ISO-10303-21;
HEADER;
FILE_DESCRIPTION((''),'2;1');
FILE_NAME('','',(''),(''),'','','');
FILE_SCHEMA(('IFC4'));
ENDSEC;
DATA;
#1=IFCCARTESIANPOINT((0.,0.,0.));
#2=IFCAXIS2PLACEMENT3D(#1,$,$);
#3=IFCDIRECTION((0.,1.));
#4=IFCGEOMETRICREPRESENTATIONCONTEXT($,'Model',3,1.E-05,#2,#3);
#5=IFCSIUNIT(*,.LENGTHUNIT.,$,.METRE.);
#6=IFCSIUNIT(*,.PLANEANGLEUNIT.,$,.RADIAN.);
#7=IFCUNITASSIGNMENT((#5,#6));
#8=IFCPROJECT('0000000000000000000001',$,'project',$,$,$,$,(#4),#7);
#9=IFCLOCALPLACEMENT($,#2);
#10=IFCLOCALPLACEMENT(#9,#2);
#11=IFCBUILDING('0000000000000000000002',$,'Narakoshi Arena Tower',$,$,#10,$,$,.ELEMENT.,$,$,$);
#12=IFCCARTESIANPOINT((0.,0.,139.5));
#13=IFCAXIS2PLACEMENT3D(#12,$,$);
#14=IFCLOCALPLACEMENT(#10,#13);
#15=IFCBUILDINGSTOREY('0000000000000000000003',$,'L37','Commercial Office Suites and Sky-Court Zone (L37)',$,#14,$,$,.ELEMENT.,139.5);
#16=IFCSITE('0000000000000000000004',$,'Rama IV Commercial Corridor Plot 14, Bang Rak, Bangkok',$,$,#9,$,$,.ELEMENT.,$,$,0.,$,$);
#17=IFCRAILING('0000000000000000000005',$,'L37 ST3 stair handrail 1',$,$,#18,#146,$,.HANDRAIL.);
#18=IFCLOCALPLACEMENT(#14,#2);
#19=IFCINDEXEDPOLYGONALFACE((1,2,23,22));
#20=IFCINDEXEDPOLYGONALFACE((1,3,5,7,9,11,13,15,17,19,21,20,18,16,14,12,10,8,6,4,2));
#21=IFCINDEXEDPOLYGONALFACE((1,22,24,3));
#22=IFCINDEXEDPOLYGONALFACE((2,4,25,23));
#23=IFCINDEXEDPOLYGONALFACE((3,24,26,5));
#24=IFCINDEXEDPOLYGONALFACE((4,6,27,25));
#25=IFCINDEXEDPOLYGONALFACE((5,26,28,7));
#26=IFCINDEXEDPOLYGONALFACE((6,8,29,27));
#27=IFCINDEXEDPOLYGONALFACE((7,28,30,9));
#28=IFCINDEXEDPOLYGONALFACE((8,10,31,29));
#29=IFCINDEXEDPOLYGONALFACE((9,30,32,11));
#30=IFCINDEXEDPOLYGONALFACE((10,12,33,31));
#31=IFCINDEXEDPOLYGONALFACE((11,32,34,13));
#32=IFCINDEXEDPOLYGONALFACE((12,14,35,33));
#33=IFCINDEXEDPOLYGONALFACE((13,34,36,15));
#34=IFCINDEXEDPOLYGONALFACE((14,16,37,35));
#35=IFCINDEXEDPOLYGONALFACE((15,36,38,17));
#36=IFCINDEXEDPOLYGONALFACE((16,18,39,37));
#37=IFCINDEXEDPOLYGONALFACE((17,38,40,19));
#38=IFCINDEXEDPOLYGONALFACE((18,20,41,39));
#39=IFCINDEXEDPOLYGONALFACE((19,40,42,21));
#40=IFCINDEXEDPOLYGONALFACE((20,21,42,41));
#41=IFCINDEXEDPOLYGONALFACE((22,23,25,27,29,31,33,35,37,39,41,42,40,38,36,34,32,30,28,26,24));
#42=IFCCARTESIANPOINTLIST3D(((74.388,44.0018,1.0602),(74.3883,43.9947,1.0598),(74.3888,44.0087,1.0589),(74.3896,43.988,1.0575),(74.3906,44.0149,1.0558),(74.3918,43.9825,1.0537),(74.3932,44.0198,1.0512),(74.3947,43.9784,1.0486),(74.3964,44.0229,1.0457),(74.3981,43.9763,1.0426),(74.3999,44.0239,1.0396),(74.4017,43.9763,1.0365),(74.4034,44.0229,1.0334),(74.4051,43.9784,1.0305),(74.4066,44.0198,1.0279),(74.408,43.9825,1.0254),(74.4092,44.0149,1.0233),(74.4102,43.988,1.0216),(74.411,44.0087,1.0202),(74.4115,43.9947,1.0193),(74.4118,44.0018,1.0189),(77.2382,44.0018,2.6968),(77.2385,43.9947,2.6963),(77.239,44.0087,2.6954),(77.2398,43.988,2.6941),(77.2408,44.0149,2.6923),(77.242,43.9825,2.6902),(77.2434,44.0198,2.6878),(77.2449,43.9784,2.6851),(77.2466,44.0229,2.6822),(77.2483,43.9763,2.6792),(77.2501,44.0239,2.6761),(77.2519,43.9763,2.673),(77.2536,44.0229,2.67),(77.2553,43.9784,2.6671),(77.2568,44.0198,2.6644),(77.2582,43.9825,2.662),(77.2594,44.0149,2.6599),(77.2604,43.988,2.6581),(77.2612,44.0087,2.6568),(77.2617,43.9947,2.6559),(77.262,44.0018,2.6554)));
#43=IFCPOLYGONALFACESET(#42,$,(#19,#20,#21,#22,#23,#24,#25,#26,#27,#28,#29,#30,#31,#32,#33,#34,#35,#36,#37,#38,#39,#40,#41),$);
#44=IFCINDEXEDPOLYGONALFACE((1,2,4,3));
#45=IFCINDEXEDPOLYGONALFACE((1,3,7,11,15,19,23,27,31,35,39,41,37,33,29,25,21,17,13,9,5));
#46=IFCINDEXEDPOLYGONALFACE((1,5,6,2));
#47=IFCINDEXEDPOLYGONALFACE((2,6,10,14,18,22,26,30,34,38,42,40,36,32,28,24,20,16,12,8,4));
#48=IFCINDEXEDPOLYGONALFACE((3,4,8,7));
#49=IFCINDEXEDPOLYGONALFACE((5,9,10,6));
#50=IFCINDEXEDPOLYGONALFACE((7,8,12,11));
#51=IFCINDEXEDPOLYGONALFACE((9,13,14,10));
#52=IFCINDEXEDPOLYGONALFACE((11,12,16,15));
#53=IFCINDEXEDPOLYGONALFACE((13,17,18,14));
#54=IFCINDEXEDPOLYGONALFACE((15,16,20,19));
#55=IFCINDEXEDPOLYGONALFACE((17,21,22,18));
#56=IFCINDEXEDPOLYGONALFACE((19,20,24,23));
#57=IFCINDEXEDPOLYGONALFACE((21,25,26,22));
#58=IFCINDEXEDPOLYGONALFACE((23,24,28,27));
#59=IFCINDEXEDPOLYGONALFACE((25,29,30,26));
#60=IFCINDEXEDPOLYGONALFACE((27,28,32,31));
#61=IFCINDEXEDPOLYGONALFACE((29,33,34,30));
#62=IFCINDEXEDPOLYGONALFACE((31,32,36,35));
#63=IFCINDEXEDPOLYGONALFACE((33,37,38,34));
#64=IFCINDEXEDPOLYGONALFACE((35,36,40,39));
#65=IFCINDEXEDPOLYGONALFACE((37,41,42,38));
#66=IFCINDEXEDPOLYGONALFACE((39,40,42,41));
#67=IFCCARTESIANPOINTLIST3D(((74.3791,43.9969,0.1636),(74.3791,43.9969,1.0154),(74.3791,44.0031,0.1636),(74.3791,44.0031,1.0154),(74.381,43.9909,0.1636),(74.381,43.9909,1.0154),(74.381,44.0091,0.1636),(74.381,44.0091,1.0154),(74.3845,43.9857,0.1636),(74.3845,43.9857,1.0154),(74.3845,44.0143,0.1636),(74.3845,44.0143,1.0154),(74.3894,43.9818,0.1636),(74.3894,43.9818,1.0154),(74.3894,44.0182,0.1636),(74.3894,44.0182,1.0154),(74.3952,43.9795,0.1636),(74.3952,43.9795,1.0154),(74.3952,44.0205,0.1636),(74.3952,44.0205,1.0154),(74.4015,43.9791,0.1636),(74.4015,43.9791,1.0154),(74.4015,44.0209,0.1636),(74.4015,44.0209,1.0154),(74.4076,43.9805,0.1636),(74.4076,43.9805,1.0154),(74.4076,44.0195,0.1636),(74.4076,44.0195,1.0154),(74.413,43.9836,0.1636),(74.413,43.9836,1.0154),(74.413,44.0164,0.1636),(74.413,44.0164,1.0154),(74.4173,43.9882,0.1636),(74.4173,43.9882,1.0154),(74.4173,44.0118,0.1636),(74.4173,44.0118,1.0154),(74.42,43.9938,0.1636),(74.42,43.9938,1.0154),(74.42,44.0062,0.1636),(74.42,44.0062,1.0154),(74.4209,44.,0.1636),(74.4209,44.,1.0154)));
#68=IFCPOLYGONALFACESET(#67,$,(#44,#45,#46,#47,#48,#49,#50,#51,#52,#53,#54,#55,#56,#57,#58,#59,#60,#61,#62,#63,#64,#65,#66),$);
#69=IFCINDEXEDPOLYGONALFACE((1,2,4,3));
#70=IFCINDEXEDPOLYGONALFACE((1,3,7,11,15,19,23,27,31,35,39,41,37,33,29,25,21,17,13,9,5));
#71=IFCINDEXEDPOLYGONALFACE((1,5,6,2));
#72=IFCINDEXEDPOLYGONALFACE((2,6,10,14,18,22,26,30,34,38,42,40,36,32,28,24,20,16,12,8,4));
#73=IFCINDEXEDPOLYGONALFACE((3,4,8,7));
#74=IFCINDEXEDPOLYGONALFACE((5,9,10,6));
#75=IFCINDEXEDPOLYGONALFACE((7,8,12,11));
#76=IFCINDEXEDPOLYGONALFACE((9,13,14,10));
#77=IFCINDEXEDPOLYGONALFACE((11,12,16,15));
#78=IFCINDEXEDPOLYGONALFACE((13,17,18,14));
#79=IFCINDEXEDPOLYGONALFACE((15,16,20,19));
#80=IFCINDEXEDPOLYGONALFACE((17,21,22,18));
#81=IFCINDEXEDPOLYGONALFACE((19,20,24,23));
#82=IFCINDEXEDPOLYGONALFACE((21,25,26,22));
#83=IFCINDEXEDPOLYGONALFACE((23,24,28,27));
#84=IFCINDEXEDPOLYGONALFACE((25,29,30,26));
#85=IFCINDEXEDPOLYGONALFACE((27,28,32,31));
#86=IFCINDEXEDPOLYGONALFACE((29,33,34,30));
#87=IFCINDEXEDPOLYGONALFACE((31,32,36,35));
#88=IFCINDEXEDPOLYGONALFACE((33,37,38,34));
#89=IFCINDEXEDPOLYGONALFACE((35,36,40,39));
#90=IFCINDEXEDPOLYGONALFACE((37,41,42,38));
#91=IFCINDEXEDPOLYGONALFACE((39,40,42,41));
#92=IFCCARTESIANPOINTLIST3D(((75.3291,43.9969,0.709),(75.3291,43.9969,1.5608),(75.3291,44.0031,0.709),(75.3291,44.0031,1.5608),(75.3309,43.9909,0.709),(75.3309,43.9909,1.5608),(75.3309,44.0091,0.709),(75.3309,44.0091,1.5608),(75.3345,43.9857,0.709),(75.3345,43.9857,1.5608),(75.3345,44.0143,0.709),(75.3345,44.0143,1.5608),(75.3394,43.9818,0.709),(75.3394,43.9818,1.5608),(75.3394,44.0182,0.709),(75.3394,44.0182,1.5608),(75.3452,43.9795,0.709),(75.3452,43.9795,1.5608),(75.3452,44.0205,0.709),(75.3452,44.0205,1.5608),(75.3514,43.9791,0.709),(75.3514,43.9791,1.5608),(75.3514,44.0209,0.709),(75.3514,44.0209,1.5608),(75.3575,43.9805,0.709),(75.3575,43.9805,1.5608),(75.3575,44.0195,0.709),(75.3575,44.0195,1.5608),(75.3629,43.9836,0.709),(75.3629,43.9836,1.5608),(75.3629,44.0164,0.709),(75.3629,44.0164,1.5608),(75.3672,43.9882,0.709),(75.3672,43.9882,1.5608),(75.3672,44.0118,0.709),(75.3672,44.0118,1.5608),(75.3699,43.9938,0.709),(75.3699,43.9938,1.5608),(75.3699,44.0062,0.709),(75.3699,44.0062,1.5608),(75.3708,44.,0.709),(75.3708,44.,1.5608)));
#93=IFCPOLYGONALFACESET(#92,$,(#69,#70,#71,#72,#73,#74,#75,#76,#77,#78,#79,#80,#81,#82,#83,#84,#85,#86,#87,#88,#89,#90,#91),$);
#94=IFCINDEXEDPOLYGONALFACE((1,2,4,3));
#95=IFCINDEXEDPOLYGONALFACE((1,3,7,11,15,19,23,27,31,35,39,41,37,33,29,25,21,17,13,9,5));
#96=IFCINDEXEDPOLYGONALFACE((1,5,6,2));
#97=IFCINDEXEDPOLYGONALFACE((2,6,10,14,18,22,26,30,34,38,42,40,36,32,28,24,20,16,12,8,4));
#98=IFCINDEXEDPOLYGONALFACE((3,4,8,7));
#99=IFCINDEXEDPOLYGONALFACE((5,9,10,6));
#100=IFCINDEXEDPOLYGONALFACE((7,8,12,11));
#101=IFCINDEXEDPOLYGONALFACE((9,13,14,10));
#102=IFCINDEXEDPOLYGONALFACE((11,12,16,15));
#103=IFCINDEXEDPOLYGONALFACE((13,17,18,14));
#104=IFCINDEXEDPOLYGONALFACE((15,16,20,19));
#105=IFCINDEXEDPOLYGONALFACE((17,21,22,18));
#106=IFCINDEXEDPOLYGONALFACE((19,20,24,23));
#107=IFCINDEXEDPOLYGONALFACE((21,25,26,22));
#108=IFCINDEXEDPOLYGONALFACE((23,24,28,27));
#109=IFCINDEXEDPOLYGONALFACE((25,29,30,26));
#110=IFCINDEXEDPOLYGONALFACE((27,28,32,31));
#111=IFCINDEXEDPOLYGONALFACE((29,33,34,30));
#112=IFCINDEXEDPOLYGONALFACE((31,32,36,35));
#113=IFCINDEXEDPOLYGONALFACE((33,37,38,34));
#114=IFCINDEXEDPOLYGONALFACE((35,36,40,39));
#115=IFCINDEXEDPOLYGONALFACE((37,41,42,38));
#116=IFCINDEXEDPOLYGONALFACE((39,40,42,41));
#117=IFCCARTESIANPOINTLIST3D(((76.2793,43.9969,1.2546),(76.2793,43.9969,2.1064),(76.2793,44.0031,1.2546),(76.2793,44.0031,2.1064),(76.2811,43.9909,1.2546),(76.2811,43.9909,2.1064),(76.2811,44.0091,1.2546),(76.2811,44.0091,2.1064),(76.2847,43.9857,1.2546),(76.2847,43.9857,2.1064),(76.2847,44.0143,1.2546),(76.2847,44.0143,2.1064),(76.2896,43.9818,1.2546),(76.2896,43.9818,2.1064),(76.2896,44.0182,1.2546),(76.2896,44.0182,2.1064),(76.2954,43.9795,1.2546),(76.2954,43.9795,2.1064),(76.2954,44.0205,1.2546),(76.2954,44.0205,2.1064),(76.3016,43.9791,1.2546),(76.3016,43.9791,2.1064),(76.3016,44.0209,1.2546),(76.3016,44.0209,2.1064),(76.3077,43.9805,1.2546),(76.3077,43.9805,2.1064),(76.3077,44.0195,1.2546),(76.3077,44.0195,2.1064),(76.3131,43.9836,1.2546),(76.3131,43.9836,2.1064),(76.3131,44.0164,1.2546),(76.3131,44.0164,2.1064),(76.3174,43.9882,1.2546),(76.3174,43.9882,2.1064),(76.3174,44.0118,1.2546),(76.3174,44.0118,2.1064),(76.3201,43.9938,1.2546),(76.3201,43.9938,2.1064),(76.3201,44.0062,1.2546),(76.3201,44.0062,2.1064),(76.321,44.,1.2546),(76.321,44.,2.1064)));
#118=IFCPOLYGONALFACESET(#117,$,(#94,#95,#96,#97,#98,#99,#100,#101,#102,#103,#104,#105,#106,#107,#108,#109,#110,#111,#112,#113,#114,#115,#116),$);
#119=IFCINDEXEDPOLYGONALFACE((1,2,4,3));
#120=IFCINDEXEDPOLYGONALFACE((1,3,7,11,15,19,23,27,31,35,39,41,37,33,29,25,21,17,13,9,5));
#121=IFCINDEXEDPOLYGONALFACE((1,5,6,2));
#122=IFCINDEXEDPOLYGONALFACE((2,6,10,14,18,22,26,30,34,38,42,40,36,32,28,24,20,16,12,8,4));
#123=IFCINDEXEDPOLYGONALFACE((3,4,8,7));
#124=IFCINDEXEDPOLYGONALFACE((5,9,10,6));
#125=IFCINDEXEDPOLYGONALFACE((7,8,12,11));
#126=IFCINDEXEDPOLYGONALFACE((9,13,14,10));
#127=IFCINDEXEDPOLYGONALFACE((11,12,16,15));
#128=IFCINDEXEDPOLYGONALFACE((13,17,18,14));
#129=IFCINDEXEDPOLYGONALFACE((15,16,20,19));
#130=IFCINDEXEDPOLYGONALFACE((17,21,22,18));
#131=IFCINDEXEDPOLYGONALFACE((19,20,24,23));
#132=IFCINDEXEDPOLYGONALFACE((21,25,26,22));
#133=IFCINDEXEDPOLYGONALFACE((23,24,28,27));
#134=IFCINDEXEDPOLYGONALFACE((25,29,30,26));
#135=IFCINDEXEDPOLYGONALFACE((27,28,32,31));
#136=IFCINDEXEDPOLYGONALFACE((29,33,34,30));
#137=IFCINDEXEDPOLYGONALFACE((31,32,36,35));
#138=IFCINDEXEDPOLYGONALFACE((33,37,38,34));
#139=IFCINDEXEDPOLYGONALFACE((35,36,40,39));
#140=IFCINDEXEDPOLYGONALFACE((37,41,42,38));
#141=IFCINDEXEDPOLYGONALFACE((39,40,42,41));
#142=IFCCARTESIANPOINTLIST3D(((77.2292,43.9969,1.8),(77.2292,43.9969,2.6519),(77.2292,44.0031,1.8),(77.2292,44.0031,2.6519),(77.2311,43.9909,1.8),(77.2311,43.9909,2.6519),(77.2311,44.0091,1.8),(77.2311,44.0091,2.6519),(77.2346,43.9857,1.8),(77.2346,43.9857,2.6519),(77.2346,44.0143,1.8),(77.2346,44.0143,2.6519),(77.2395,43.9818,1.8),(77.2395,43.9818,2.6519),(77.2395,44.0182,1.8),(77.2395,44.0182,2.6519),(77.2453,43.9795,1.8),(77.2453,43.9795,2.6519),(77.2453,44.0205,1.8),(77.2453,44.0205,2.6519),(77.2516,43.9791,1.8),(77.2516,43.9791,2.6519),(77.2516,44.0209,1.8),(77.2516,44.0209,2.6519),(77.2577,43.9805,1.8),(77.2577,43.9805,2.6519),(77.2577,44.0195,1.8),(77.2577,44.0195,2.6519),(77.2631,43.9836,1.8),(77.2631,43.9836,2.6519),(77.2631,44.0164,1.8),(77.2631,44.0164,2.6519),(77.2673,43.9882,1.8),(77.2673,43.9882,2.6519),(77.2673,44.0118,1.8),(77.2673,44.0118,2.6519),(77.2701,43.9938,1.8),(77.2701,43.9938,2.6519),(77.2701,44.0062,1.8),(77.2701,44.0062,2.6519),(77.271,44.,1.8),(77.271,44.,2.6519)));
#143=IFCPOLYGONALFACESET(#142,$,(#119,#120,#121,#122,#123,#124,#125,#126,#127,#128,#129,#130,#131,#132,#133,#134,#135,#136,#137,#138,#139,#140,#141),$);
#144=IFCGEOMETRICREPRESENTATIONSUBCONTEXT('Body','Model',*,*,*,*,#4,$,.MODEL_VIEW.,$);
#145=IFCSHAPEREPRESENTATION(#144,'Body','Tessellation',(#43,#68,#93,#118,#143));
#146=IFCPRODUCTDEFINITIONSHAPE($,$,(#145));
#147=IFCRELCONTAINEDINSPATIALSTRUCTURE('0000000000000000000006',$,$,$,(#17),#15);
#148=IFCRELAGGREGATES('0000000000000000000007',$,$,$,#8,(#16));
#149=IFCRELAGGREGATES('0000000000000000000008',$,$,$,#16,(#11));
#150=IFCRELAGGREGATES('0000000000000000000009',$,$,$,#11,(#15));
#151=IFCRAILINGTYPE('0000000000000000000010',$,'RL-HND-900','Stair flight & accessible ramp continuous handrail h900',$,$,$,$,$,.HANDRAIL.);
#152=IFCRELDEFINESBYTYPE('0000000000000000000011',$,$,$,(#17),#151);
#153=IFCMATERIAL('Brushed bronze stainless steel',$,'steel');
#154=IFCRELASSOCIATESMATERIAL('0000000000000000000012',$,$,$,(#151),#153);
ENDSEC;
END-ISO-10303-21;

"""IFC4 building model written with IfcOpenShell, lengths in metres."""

from ifc_helpers import new_model, si_unit, direction, frame, origin, origin_2d, place, context, subcontext, project, spatial, circle, extrude, material, type_object, element, save


model = new_model("IFC4")

# Units and contexts
model_context = context("Model", 3, precision=1e-05, world=origin(), true_north=direction((0.0, 1.0)))
body_context = subcontext(model_context, "Body", "Model", "MODEL_VIEW")
ifc_project = project(units=[si_unit("LENGTHUNIT", "METRE"), si_unit("PLANEANGLEUNIT", "RADIAN")], contexts=[model_context])

# Site, building, storey
site_placement = place(None, origin())
site = spatial("IfcSite", under=ifc_project, at=site_placement, Name="Rama IV Commercial Corridor Plot 14, Bang Rak, Bangkok", CompositionType="ELEMENT", RefElevation=0.0)
building_placement = place(site_placement, origin())
building = spatial("IfcBuilding", under=site, at=building_placement, Name="Narakoshi Arena Tower", CompositionType="ELEMENT")
storey_placement = place(building_placement, frame((0.0, 0.0, 139.5)))
storey = spatial("IfcBuildingStorey", under=building, at=storey_placement, Name="L37", Description="Commercial Office Suites and Sky-Court Zone (L37)", CompositionType="ELEMENT", Elevation=139.5)

# Railing
ifc_material_1 = material(Name="Brushed bronze stainless steel", Category="steel")
railing_type_1 = type_object("IfcRailingType", Name="RL-HND-900", Description="Stair flight & accessible ramp continuous handrail h900", PredefinedType="HANDRAIL", material=ifc_material_1)
railing_1_placement = place(storey_placement, frame((74.3999, 44.0, 0.1636)))
element("IfcRailing", 1, at=railing_1_placement, inside=storey, type_object=railing_type_1, Name="L37 ST3 stair handrail 1", PredefinedType="HANDRAIL", context=body_context, shape_type="SweptSolid", body=[
    extrude(circle(Radius=0.0239, at=origin_2d()), frame((0.0, 0.0, 0.876), z_axis=(0.867213, 0.0, 0.497938), x_axis=(0.0, 1.0, 0.0)), (0.0, 0.0, 1.0), 3.2866),
    extrude(circle(Radius=0.021, at=origin_2d()), origin(), (0.0, 0.0, 1.0), 0.8518),
    extrude(circle(Radius=0.021, at=origin_2d()), frame((0.95, 0.0, 0.5454)), (0.0, 0.0, 1.0), 0.8518),
    extrude(circle(Radius=0.021, at=origin_2d()), frame((1.9001, 0.0, 1.0911)), (0.0, 0.0, 1.0), 0.8518),
    extrude(circle(Radius=0.021, at=origin_2d()), frame((2.8501, 0.0, 1.6365)), (0.0, 0.0, 1.0), 0.8518),
])

save(model, "model.ifc")
